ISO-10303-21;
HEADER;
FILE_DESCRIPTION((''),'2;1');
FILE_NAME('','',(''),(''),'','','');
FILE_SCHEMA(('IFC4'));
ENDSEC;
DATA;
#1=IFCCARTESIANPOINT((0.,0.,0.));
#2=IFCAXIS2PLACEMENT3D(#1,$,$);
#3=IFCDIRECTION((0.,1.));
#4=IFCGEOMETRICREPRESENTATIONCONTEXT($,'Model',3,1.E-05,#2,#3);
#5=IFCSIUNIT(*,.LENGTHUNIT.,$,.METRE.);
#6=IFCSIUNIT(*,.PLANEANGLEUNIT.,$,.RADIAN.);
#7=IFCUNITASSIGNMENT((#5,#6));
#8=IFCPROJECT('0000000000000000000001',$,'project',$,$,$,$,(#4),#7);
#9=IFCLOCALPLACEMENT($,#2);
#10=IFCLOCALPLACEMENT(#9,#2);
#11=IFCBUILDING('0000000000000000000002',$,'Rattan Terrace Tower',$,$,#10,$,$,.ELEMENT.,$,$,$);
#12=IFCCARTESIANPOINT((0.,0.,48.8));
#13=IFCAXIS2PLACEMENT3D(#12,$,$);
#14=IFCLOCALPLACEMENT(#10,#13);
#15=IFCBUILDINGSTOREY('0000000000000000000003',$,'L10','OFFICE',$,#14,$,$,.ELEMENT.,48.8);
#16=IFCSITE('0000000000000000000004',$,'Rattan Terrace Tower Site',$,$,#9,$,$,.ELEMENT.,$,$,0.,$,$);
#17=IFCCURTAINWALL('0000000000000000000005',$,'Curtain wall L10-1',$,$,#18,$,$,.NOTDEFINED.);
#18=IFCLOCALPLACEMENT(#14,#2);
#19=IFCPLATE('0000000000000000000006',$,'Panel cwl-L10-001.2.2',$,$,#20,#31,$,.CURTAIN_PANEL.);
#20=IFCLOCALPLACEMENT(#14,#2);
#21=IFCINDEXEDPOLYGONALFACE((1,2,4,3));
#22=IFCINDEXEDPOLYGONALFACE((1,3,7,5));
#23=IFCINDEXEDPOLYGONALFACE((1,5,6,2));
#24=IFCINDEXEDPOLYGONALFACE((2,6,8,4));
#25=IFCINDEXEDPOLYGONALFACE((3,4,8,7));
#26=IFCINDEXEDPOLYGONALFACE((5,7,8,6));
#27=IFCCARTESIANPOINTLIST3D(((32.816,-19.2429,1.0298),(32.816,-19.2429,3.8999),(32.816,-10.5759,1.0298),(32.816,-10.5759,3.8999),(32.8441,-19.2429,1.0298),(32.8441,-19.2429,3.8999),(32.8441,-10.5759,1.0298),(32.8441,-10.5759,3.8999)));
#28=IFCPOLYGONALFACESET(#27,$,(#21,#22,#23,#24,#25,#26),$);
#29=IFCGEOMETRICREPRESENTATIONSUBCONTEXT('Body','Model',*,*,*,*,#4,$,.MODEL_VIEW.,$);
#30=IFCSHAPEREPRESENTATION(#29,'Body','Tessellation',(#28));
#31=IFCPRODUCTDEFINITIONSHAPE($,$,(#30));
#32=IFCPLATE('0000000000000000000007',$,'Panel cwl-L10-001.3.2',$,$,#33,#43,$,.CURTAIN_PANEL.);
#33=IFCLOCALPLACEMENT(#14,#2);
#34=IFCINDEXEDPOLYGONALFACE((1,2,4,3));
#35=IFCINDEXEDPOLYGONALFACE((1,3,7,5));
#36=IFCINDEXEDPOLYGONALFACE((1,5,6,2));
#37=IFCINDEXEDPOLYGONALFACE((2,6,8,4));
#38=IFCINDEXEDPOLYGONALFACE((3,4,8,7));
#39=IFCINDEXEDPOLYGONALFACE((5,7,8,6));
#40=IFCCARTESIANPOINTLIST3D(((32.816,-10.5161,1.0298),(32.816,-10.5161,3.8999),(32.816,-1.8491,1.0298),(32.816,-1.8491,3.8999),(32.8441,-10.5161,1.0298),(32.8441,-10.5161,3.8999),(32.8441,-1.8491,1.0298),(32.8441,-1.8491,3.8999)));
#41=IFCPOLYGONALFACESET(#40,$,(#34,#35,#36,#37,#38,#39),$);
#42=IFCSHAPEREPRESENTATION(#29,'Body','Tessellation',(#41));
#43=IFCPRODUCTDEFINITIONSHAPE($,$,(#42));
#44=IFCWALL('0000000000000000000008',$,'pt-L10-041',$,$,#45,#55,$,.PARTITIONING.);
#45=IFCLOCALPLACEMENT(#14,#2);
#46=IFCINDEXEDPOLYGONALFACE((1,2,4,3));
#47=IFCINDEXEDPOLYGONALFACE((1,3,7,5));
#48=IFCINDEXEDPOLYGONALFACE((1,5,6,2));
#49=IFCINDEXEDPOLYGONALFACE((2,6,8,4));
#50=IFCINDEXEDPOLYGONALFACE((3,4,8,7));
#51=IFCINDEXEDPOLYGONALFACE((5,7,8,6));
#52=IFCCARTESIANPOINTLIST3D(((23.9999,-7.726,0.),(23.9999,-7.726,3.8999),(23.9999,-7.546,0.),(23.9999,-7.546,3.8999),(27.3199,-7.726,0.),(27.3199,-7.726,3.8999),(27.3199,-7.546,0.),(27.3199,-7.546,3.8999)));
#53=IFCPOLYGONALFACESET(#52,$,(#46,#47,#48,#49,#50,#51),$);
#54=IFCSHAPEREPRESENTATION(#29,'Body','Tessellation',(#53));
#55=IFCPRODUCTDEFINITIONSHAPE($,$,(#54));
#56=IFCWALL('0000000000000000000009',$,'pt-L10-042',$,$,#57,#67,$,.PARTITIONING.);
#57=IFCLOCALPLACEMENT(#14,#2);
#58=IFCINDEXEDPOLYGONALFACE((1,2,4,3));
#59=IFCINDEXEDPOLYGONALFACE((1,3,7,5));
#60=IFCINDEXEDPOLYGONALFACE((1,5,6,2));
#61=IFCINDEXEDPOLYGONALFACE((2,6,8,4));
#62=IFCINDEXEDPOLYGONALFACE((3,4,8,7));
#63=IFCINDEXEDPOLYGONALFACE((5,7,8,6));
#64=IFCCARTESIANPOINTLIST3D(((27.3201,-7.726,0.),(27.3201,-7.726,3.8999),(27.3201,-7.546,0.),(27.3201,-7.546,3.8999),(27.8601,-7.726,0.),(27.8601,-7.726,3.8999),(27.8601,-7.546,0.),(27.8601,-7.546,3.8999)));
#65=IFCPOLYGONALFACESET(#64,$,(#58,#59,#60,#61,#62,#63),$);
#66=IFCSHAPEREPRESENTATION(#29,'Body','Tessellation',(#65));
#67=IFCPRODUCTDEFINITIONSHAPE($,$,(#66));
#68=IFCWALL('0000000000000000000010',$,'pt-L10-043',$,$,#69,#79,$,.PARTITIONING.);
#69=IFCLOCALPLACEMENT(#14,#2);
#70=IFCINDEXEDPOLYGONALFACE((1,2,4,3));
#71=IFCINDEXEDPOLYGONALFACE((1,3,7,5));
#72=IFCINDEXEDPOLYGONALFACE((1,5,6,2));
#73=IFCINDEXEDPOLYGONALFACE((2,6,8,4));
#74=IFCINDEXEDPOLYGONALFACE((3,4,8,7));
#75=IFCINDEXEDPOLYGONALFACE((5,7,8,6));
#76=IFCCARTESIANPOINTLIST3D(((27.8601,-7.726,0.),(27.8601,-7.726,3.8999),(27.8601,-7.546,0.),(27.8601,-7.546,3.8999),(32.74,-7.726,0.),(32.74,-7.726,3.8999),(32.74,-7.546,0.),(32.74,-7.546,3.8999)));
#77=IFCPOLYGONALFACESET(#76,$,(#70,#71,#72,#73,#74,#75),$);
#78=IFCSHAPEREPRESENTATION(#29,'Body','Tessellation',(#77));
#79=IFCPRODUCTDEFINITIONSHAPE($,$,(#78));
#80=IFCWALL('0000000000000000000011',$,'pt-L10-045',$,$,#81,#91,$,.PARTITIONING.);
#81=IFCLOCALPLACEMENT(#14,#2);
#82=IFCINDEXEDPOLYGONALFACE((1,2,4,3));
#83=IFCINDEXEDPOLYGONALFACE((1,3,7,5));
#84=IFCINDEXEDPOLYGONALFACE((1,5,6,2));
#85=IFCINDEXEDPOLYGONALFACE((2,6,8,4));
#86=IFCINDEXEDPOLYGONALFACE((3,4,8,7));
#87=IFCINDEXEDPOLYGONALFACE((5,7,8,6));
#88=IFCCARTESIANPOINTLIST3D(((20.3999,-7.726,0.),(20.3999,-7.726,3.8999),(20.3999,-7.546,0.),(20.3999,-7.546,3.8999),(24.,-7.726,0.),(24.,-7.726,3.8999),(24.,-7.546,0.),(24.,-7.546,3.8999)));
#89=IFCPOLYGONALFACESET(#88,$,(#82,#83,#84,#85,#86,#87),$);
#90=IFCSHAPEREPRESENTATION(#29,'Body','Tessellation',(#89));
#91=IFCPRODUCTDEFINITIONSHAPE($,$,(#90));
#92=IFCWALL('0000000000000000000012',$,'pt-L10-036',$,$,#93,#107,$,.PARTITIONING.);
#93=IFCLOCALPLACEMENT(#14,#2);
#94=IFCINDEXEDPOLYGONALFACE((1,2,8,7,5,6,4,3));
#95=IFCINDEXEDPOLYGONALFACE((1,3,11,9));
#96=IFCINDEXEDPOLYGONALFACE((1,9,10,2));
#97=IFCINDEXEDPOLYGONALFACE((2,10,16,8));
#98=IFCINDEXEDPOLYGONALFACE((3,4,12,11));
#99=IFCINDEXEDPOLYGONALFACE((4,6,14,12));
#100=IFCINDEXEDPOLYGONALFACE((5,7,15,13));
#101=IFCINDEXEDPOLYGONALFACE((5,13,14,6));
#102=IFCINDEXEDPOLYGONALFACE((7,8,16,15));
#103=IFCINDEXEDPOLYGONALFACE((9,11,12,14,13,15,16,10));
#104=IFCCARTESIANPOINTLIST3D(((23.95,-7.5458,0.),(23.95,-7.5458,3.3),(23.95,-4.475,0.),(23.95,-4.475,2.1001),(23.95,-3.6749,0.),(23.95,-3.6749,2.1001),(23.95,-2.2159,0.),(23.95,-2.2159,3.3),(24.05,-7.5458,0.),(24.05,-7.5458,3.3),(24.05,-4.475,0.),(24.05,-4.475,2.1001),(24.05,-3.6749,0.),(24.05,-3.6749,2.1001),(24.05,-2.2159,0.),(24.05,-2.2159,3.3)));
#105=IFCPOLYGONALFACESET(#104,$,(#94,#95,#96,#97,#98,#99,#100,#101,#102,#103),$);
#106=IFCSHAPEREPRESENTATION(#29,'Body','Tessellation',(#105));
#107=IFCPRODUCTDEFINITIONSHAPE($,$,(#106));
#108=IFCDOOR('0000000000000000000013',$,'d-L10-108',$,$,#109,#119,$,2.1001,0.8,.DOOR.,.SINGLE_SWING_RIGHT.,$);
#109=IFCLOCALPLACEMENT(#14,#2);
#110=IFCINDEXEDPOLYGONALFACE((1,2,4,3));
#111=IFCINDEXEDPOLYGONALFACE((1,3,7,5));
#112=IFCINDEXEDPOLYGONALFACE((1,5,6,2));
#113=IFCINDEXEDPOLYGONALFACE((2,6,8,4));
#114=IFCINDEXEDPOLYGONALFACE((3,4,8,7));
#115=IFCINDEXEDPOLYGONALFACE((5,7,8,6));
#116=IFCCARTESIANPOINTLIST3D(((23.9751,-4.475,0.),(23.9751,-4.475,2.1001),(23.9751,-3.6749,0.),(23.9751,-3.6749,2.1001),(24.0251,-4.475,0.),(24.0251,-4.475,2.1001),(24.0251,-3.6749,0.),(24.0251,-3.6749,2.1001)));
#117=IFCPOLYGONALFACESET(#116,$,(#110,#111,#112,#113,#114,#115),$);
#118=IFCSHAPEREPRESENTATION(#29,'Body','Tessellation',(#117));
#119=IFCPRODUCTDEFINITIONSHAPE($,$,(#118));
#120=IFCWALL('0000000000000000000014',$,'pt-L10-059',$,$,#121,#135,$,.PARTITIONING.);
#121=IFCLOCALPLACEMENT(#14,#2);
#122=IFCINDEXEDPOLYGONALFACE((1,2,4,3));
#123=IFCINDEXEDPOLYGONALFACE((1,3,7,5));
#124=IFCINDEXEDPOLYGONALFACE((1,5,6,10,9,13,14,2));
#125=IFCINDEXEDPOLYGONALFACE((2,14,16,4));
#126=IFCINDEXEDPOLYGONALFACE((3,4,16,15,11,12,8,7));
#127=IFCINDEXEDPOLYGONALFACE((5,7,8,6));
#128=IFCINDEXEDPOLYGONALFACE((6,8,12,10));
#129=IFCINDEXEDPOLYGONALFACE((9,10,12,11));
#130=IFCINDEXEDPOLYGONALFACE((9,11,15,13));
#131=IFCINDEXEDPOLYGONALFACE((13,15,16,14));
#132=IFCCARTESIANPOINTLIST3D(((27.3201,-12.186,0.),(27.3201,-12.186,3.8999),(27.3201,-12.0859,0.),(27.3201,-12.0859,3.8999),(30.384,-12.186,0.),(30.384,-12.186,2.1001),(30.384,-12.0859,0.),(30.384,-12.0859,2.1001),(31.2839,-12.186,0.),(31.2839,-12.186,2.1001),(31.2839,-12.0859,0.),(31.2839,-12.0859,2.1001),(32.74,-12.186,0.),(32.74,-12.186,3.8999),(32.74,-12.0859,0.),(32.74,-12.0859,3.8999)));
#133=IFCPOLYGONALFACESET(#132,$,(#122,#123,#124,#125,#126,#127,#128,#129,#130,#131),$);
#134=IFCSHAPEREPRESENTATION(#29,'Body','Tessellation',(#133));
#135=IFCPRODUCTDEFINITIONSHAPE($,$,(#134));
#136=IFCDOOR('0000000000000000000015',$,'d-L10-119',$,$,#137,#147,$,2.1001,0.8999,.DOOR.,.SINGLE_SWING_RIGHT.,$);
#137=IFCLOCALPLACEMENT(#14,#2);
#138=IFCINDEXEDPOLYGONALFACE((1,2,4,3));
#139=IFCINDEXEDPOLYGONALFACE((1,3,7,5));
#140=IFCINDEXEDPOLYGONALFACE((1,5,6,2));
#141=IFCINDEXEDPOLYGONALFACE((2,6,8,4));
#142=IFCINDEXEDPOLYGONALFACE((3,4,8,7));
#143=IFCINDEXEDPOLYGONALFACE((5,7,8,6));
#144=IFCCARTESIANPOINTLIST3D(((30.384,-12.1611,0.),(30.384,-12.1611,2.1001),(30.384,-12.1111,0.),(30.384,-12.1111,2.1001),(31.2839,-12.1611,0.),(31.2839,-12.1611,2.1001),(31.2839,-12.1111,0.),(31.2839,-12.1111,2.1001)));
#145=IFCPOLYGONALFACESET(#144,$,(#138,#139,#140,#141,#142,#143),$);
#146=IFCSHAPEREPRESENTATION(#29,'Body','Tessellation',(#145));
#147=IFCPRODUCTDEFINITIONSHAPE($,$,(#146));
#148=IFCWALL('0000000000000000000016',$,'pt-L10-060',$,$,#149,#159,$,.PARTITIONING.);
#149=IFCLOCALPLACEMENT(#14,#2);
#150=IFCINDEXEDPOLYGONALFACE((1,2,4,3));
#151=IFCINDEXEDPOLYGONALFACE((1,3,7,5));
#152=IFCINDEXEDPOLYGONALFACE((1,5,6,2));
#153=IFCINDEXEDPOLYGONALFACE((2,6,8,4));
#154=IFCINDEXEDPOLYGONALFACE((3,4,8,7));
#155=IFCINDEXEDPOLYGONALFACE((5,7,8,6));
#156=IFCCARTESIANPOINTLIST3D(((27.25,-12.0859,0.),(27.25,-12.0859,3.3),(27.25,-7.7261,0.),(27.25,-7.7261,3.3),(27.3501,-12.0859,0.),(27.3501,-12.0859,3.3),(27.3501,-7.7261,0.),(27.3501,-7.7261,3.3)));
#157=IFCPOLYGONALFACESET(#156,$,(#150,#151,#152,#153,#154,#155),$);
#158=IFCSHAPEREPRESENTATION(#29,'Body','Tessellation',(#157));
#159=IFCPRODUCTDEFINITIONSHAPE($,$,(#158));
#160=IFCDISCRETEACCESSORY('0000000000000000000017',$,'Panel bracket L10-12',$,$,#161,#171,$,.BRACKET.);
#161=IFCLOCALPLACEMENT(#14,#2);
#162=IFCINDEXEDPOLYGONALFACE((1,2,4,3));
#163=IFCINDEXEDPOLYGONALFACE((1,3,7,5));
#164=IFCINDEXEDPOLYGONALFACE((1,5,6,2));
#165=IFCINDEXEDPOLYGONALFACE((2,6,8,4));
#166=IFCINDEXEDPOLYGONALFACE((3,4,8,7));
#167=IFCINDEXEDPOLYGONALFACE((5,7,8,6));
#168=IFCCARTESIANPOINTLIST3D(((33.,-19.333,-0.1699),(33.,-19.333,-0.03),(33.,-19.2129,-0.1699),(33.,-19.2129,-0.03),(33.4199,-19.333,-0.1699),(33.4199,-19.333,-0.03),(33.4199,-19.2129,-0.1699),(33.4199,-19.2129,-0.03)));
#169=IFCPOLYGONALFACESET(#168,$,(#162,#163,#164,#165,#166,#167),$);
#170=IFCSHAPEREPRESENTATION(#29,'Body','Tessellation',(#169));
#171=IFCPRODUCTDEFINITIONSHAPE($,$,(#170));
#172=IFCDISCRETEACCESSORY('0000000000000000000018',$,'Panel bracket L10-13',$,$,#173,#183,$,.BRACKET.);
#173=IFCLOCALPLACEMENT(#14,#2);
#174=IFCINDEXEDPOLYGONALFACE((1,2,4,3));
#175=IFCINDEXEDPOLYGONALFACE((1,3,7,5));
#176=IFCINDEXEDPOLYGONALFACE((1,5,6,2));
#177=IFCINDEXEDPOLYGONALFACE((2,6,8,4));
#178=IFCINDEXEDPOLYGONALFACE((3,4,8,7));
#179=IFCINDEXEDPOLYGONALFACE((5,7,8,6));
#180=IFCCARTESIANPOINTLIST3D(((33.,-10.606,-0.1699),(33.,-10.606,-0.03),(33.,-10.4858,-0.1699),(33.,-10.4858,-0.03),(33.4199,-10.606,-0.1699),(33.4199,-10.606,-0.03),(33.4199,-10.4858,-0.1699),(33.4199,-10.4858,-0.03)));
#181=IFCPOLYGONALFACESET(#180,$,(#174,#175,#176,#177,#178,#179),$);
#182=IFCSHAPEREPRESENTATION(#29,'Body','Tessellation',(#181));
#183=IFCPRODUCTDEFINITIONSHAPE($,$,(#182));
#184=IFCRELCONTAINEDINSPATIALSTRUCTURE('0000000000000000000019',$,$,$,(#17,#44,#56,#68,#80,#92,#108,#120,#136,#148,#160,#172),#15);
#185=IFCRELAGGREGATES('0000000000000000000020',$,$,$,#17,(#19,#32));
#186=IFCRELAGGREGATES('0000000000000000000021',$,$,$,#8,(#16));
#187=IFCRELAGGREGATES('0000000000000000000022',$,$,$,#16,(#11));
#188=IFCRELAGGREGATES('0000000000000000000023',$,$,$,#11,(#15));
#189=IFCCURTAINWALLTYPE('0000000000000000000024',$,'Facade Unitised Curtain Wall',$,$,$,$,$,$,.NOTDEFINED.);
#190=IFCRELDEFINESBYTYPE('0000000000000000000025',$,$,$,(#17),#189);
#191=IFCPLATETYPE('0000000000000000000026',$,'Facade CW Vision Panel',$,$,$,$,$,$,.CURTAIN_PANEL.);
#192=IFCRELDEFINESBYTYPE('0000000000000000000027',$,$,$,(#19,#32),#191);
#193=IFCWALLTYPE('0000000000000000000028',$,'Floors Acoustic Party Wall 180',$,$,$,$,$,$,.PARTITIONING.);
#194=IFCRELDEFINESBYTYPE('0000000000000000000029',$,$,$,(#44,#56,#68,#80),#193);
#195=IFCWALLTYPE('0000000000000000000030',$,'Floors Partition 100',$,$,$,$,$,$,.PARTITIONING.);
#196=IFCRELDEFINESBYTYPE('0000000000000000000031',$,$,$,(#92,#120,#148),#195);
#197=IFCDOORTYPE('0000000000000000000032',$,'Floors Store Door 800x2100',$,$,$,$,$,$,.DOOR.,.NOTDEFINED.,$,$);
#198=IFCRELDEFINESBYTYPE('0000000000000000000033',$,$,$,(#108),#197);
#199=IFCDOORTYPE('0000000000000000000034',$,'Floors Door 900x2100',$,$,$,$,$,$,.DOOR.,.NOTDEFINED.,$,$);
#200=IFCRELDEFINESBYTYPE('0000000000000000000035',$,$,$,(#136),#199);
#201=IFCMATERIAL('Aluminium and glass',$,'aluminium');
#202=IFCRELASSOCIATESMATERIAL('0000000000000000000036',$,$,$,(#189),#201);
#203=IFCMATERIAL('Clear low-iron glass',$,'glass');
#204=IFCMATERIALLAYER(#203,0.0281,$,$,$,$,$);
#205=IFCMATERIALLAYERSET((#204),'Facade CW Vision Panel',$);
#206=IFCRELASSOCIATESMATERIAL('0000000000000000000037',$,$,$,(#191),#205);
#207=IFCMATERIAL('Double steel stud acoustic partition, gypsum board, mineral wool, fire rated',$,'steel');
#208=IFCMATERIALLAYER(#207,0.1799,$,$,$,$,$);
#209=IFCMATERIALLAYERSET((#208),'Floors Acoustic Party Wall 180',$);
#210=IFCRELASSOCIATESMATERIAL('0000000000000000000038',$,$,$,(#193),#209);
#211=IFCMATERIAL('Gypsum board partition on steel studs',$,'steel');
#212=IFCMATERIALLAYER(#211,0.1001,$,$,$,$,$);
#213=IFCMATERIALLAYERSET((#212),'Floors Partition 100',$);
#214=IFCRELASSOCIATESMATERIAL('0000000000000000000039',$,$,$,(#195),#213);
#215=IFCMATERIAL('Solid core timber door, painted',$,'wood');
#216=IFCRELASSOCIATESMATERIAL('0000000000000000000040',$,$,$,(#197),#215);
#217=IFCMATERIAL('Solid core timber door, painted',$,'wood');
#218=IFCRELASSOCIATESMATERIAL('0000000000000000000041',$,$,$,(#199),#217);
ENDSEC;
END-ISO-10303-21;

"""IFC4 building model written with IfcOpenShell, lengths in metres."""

from ifc_helpers import new_model, si_unit, direction, frame, frame_2d, origin, origin_2d, place, context, subcontext, project, spatial, rectangle, extrude, material, layer, layer_set, type_object, element, fill, aggregate, save


model = new_model("IFC4")

# Units and contexts
model_context = context("Model", 3, precision=1e-05, world=origin(), true_north=direction((0.0, 1.0)))
body_context = subcontext(model_context, "Body", "Model", "MODEL_VIEW")
ifc_project = project(units=[si_unit("LENGTHUNIT", "METRE"), si_unit("PLANEANGLEUNIT", "RADIAN")], contexts=[model_context])

# Site, building, storey
site_placement = place(None, origin())
site = spatial("IfcSite", under=ifc_project, at=site_placement, Name="Rattan Terrace Tower Site", CompositionType="ELEMENT", RefElevation=0.0)
building_placement = place(site_placement, origin())
building = spatial("IfcBuilding", under=site, at=building_placement, Name="Rattan Terrace Tower", CompositionType="ELEMENT")
storey_placement = place(building_placement, frame((0.0, 0.0, 48.8)))
storey = spatial("IfcBuildingStorey", under=building, at=storey_placement, Name="L10", Description="OFFICE", CompositionType="ELEMENT", Elevation=48.8)

# Curtain wall
ifc_material_1 = material(Name="Aluminium and glass", Category="aluminium")
curtain_wall_type = type_object("IfcCurtainWallType", Name="Facade Unitised Curtain Wall", PredefinedType="NOTDEFINED", material=ifc_material_1)
curtain_wall_placement = place(storey_placement, origin())
curtain_wall = element("IfcCurtainWall", 1, at=curtain_wall_placement, inside=storey, type_object=curtain_wall_type, Name="Curtain wall L10-1", PredefinedType="NOTDEFINED")

# Plates
ifc_material_2 = material(Name="Clear low-iron glass", Category="glass")
ifc_layer_1 = layer(ifc_material_2, 0.0281)
ifc_layer_set_1 = layer_set([ifc_layer_1], Name="Facade CW Vision Panel")
plate_type_1 = type_object("IfcPlateType", Name="Facade CW Vision Panel", PredefinedType="CURTAIN_PANEL", material=ifc_layer_set_1)
plate_1_placement = place(storey_placement, frame((32.8301, -14.9094, 1.0298), z_axis=(0.0, 0.0, 1.0), x_axis=(0.0, 1.0, 0.0)))
plate_1 = element("IfcPlate", 2, at=plate_1_placement, type_object=plate_type_1, Name="Panel cwl-L10-001.2.2", PredefinedType="CURTAIN_PANEL", context=body_context, shape_type="SweptSolid", body=[
    extrude(rectangle(XDim=8.667, YDim=0.0281, at=origin_2d()), origin(), (0.0, 0.0, 1.0), 2.8701),
])
plate_2_placement = place(storey_placement, frame((32.8301, -6.1826, 1.0298), z_axis=(0.0, 0.0, 1.0), x_axis=(0.0, 1.0, 0.0)))
plate_2 = element("IfcPlate", 3, at=plate_2_placement, type_object=plate_type_1, Name="Panel cwl-L10-001.3.2", PredefinedType="CURTAIN_PANEL", context=body_context, shape_type="SweptSolid", body=[
    extrude(rectangle(XDim=8.667, YDim=0.0281, at=origin_2d()), origin(), (0.0, 0.0, 1.0), 2.8701),
])
aggregate(curtain_wall, [plate_1, plate_2])

# Walls
ifc_material_3 = material(Name="Double steel stud acoustic partition, gypsum board, mineral wool, fire rated", Category="steel")
ifc_layer_2 = layer(ifc_material_3, 0.1799)
ifc_layer_set_2 = layer_set([ifc_layer_2], Name="Floors Acoustic Party Wall 180")
wall_type_1 = type_object("IfcWallType", Name="Floors Acoustic Party Wall 180", PredefinedType="PARTITIONING", material=ifc_layer_set_2)
wall_1_placement = place(storey_placement, frame((27.3201, -7.636, 0.0), z_axis=(0.0, 0.0, 1.0), x_axis=(-1.0, 0.0, 0.0)))
element("IfcWall", 4, at=wall_1_placement, inside=storey, type_object=wall_type_1, Name="pt-L10-041", PredefinedType="PARTITIONING", context=body_context, shape_type="SweptSolid", body=[
    extrude(rectangle(XDim=3.3201, YDim=0.1799, at=frame_2d((1.6602, 0.0))), origin(), (0.0, 0.0, 1.0), 3.8999),
])
wall_2_placement = place(storey_placement, frame((27.8601, -7.636, 0.0), z_axis=(0.0, 0.0, 1.0), x_axis=(-1.0, 0.0, 0.0)))
element("IfcWall", 5, at=wall_2_placement, inside=storey, type_object=wall_type_1, Name="pt-L10-042", PredefinedType="PARTITIONING", context=body_context, shape_type="SweptSolid", body=[
    extrude(rectangle(XDim=0.54, YDim=0.1799, at=frame_2d((0.27, 0.0))), origin(), (0.0, 0.0, 1.0), 3.8999),
])
wall_3_placement = place(storey_placement, frame((32.74, -7.636, 0.0), z_axis=(0.0, 0.0, 1.0), x_axis=(-1.0, 0.0, 0.0)))
element("IfcWall", 6, at=wall_3_placement, inside=storey, type_object=wall_type_1, Name="pt-L10-043", PredefinedType="PARTITIONING", context=body_context, shape_type="SweptSolid", body=[
    extrude(rectangle(XDim=4.8799, YDim=0.1799, at=frame_2d((2.4399, 0.0))), origin(), (0.0, 0.0, 1.0), 3.8999),
])
wall_4_placement = place(storey_placement, frame((24.0, -7.636, 0.0), z_axis=(0.0, 0.0, 1.0), x_axis=(-1.0, 0.0, 0.0)))
element("IfcWall", 7, at=wall_4_placement, inside=storey, type_object=wall_type_1, Name="pt-L10-045", PredefinedType="PARTITIONING", context=body_context, shape_type="SweptSolid", body=[
    extrude(rectangle(XDim=3.6001, YDim=0.1799, at=frame_2d((1.8, 0.0))), origin(), (0.0, 0.0, 1.0), 3.8999),
])

# Walls, openings, doors
ifc_material_4 = material(Name="Gypsum board partition on steel studs", Category="steel")
ifc_layer_3 = layer(ifc_material_4, 0.1001)
ifc_layer_set_3 = layer_set([ifc_layer_3], Name="Floors Partition 100")
wall_type_2 = type_object("IfcWallType", Name="Floors Partition 100", PredefinedType="PARTITIONING", material=ifc_layer_set_3)
wall_5_placement = place(storey_placement, frame((24.0, -7.5459, 0.0), z_axis=(0.0, 0.0, 1.0), x_axis=(0.0, 1.0, 0.0)))
wall_5 = element("IfcWall", 8, at=wall_5_placement, inside=storey, type_object=wall_type_2, Name="pt-L10-036", PredefinedType="PARTITIONING", context=body_context, shape_type="SweptSolid", body=[
    extrude(rectangle(XDim=5.3298, YDim=0.1001, at=frame_2d((2.665, 0.0))), origin(), (0.0, 0.0, 1.0), 3.3),
])
opening_1_placement = place(wall_5_placement, frame((3.071, 0.0, 0.0)))
opening_1 = element("IfcOpeningElement", 9, at=opening_1_placement, cuts=wall_5, PredefinedType="OPENING", context=body_context, shape_type="SweptSolid", body=[
    extrude(rectangle(XDim=0.8, YDim=2.1001, at=frame_2d((0.3999, 1.05))), frame((0.0, 0.0605, 0.0), z_axis=(0.0, -1.0, 0.0), x_axis=(1.0, 0.0, 0.0)), (0.0, 0.0, 1.0), 0.1211),
])
ifc_material_5 = material(Name="Solid core timber door, painted", Category="wood")
door_type_1 = type_object("IfcDoorType", Name="Floors Store Door 800x2100", OperationType="NOTDEFINED", PredefinedType="DOOR", material=ifc_material_5)
door_1_placement = place(opening_1_placement, origin())
door_1 = element("IfcDoor", 10, at=door_1_placement, inside=storey, type_object=door_type_1, Name="d-L10-108", OperationType="SINGLE_SWING_RIGHT", OverallHeight=2.1001, OverallWidth=0.8, PredefinedType="DOOR", context=body_context, shape_type="SweptSolid", body=[
    extrude(rectangle(XDim=0.8, YDim=2.1001, at=frame_2d((0.3999, 1.05))), frame((0.0, 0.0249, 0.0), z_axis=(0.0, -1.0, 0.0), x_axis=(1.0, 0.0, 0.0)), (0.0, 0.0, 1.0), 0.05),
])
fill(opening_1, door_1)
wall_6_placement = place(storey_placement, frame((27.3201, -12.136, 0.0), z_axis=(0.0, 0.0, 1.0), x_axis=(1.0, 0.0, 0.0)))
wall_6 = element("IfcWall", 11, at=wall_6_placement, inside=storey, type_object=wall_type_2, Name="pt-L10-059", PredefinedType="PARTITIONING", context=body_context, shape_type="SweptSolid", body=[
    extrude(rectangle(XDim=5.4199, YDim=0.1001, at=frame_2d((2.71, 0.0))), origin(), (0.0, 0.0, 1.0), 3.8999),
])
opening_2_placement = place(wall_6_placement, frame((3.064, 0.0, 0.0)))
opening_2 = element("IfcOpeningElement", 12, at=opening_2_placement, cuts=wall_6, PredefinedType="OPENING", context=body_context, shape_type="SweptSolid", body=[
    extrude(rectangle(XDim=0.8999, YDim=2.1001, at=frame_2d((0.45, 1.05))), frame((0.0, 0.0605, 0.0), z_axis=(0.0, -1.0, 0.0), x_axis=(1.0, 0.0, 0.0)), (0.0, 0.0, 1.0), 0.1211),
])
ifc_material_6 = material(Name="Solid core timber door, painted", Category="wood")
door_type_2 = type_object("IfcDoorType", Name="Floors Door 900x2100", OperationType="NOTDEFINED", PredefinedType="DOOR", material=ifc_material_6)
door_2_placement = place(opening_2_placement, origin())
door_2 = element("IfcDoor", 13, at=door_2_placement, inside=storey, type_object=door_type_2, Name="d-L10-119", OperationType="SINGLE_SWING_RIGHT", OverallHeight=2.1001, OverallWidth=0.8999, PredefinedType="DOOR", context=body_context, shape_type="SweptSolid", body=[
    extrude(rectangle(XDim=0.8999, YDim=2.1001, at=frame_2d((0.45, 1.05))), frame((0.0, 0.0249, 0.0), z_axis=(0.0, -1.0, 0.0), x_axis=(1.0, 0.0, 0.0)), (0.0, 0.0, 1.0), 0.05),
])
fill(opening_2, door_2)

# Wall
wall_7_placement = place(storey_placement, frame((27.3, -7.7261, 0.0), z_axis=(0.0, 0.0, 1.0), x_axis=(0.0, -1.0, 0.0)))
element("IfcWall", 14, at=wall_7_placement, inside=storey, type_object=wall_type_2, Name="pt-L10-060", PredefinedType="PARTITIONING", context=body_context, shape_type="SweptSolid", body=[
    extrude(rectangle(XDim=4.3599, YDim=0.1001, at=frame_2d((2.1799, 0.0))), origin(), (0.0, 0.0, 1.0), 3.3),
])

# Discrete accessories
for number, where, z_axis, x_axis, name in (
    (15, (33.21, -19.2729, -0.1699), (0.0, 0.0, 1.0), (0.0, 1.0, 0.0), "Panel bracket L10-12"),
    (16, (33.21, -10.5459, -0.1699), (0.0, 0.0, 1.0), (0.0, 1.0, 0.0), "Panel bracket L10-13"),
):
    element("IfcDiscreteAccessory", number, at=place(storey_placement, frame(where, z_axis=z_axis, x_axis=x_axis)), inside=storey, Name=name, PredefinedType="BRACKET", context=body_context, shape_type="SweptSolid", body=[
        extrude(rectangle(XDim=0.1201, YDim=0.4199, at=origin_2d()), origin(), (0.0, 0.0, 1.0), 0.1399),
    ])

save(model, "model.ifc")
